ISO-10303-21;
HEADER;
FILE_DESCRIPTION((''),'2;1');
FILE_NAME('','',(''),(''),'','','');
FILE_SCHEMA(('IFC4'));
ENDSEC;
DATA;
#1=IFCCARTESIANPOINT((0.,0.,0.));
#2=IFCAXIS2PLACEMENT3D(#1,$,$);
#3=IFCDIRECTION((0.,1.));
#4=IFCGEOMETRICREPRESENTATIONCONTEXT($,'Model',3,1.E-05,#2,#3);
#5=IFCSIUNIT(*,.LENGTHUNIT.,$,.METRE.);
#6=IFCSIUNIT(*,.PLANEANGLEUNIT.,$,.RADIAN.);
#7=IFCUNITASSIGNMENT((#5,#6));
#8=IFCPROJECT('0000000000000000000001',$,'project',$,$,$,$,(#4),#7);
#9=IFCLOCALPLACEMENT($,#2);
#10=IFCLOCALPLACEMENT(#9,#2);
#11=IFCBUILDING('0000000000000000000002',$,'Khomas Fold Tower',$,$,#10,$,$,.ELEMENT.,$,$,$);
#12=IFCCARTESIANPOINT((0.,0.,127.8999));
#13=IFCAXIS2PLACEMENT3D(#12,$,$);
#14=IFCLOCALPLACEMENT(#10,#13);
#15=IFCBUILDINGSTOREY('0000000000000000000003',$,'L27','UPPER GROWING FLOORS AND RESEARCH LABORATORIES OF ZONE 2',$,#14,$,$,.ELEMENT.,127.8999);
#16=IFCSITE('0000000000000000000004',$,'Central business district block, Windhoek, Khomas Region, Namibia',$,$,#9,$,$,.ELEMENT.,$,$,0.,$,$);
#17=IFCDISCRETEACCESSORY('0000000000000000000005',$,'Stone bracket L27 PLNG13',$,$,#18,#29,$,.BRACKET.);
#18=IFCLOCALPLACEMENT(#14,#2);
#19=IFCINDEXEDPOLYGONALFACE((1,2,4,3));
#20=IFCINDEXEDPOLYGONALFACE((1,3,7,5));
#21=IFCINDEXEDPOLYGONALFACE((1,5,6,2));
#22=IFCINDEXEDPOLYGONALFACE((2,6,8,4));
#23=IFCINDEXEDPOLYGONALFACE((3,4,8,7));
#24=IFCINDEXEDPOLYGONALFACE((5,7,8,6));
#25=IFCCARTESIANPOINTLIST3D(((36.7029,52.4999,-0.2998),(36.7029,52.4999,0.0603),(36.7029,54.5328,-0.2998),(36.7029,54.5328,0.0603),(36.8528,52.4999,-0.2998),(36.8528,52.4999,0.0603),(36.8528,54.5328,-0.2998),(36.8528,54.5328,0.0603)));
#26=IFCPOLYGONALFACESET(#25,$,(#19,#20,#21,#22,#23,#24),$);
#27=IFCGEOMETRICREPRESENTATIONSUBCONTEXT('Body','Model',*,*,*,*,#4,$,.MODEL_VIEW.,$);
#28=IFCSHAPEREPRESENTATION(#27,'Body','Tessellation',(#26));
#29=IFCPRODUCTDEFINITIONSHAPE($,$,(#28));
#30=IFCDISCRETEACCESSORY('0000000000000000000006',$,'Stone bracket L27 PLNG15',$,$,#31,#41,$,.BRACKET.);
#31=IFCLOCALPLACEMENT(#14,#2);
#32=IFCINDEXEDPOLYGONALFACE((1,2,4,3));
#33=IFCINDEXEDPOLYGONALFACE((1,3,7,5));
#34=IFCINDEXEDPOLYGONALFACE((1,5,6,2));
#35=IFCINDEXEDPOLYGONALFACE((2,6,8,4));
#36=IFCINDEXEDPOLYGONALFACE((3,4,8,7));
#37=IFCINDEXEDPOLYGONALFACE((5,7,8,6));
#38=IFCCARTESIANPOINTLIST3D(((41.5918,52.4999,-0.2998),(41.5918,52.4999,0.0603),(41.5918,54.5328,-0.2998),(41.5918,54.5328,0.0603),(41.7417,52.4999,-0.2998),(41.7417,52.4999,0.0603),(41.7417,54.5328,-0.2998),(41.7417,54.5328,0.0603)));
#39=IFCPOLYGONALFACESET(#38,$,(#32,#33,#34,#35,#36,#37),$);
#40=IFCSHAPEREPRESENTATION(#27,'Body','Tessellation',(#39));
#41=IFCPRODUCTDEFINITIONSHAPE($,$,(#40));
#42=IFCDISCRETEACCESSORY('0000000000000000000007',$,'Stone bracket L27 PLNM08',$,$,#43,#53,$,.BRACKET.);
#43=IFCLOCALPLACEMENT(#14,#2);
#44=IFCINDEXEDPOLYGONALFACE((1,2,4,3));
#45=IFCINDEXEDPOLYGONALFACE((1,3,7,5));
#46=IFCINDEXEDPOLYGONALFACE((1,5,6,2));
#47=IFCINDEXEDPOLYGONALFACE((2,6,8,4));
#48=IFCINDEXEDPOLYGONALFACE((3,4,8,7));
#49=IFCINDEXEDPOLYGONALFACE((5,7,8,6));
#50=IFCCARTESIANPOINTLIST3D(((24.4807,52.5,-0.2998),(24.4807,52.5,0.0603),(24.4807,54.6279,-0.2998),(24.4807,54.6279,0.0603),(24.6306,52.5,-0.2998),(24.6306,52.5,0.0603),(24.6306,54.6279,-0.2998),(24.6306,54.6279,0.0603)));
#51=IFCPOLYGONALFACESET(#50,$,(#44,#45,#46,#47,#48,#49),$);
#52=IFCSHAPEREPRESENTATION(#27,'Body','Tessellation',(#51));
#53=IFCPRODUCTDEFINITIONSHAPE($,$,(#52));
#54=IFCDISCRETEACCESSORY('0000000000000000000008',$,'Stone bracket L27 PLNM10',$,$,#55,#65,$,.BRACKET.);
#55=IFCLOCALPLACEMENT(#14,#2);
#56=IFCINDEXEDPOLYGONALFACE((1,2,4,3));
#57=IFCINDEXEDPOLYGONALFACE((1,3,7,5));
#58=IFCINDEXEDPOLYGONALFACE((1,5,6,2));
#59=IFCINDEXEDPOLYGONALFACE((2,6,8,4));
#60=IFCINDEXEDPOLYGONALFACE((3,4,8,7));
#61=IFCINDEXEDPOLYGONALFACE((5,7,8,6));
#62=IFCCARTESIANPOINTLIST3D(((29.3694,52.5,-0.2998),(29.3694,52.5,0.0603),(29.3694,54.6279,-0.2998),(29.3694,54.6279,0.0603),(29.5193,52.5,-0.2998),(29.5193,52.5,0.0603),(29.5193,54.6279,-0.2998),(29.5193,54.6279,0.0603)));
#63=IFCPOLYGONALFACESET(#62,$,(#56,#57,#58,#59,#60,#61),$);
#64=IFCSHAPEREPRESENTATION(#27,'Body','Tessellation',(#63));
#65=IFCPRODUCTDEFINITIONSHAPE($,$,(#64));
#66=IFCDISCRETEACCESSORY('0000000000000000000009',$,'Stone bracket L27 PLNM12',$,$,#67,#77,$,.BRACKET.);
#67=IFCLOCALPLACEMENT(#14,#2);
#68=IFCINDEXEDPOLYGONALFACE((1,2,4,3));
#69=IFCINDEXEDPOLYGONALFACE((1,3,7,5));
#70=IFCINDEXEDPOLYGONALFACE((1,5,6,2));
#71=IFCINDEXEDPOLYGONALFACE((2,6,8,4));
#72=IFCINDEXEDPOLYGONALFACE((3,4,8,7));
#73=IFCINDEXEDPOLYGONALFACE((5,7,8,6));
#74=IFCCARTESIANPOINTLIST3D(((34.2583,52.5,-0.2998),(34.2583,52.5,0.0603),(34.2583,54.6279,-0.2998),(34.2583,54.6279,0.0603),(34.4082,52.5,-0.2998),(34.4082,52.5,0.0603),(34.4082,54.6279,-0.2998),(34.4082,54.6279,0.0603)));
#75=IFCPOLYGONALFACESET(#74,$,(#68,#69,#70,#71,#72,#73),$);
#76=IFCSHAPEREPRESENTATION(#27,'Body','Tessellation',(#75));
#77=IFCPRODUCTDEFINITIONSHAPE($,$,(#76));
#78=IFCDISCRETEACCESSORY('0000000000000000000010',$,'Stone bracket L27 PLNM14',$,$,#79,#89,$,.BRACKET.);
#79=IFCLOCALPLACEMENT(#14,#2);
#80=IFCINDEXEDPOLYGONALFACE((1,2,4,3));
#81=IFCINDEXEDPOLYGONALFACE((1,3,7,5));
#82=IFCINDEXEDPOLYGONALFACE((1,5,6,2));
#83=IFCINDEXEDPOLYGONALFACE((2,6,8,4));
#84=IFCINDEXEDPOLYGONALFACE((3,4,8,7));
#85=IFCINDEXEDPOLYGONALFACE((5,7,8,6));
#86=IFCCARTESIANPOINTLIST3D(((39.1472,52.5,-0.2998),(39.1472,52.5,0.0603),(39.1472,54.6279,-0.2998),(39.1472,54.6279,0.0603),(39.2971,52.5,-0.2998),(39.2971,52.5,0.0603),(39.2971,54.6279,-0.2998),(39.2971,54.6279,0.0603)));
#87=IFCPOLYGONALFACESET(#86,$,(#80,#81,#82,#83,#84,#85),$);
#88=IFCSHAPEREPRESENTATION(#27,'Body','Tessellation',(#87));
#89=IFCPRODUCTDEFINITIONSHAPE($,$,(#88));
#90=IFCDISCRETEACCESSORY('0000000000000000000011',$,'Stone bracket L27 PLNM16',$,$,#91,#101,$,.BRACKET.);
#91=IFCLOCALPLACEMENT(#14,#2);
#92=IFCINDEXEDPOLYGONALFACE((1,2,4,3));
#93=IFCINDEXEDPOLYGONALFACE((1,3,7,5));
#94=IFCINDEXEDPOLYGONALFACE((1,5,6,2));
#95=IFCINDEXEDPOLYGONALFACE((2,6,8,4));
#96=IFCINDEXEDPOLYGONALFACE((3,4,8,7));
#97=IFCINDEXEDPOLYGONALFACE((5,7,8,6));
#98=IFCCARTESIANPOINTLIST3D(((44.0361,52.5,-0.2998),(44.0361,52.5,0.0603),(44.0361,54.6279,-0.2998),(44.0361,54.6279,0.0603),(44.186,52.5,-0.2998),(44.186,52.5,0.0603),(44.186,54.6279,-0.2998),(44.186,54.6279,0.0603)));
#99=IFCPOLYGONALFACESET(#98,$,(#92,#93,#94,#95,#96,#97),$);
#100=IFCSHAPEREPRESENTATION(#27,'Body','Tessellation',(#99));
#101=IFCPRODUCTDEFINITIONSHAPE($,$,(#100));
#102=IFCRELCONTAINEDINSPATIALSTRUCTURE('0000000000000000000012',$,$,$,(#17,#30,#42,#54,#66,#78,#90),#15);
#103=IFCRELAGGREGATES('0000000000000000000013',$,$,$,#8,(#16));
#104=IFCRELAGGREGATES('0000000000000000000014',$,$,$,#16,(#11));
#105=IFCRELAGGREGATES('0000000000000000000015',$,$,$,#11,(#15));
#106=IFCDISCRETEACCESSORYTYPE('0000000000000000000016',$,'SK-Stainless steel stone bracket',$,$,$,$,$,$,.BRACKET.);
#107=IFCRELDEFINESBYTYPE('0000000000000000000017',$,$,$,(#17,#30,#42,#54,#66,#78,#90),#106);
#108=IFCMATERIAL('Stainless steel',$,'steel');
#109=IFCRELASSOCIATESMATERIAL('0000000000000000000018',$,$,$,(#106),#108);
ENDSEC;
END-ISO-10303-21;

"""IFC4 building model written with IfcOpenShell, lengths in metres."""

from ifc_helpers import new_model, si_unit, direction, frame, origin, origin_2d, place, context, subcontext, project, spatial, rectangle, extrude, source, transform, mapped, material, type_object, element, save


model = new_model("IFC4")

# Units and contexts
model_context = context("Model", 3, precision=1e-05, world=origin(), true_north=direction((0.0, 1.0)))
body_context = subcontext(model_context, "Body", "Model", "MODEL_VIEW")
ifc_project = project(units=[si_unit("LENGTHUNIT", "METRE"), si_unit("PLANEANGLEUNIT", "RADIAN")], contexts=[model_context])

# Site, building, storey
site_placement = place(None, origin())
site = spatial("IfcSite", under=ifc_project, at=site_placement, Name="Central business district block, Windhoek, Khomas Region, Namibia", CompositionType="ELEMENT", RefElevation=0.0)
building_placement = place(site_placement, origin())
building = spatial("IfcBuilding", under=site, at=building_placement, Name="Khomas Fold Tower", CompositionType="ELEMENT")
storey_placement = place(building_placement, frame((0.0, 0.0, 127.8999)))
storey = spatial("IfcBuildingStorey", under=building, at=storey_placement, Name="L27", Description="UPPER GROWING FLOORS AND RESEARCH LABORATORIES OF ZONE 2", CompositionType="ELEMENT", Elevation=127.8999)

# Discrete accessories
ifc_material_1 = material(Name="Stainless steel", Category="steel")
discrete_accessory_type = type_object("IfcDiscreteAccessoryType", Name="SK-Stainless steel stone bracket", PredefinedType="BRACKET", material=ifc_material_1)
shared_shape_1 = source(origin(), body_context, "Body", "SweptSolid", [
    extrude(rectangle(XDim=2.033, YDim=0.1499, at=origin_2d()), origin(), (0.0, 0.0, 1.0), 0.3601),
])
for number, where, z_axis, x_axis, name in (
    (1, (36.7778, 53.5164, -0.2998), (0.0, 0.0, 1.0), (0.0, 1.0, 0.0), "Stone bracket L27 PLNG13"),
    (2, (41.6667, 53.5164, -0.2998), (0.0, 0.0, 1.0), (0.0, 1.0, 0.0), "Stone bracket L27 PLNG15"),
):
    element("IfcDiscreteAccessory", number, at=place(storey_placement, frame(where, z_axis=z_axis, x_axis=x_axis)), inside=storey, type_object=discrete_accessory_type, Name=name, PredefinedType="BRACKET", context=body_context, shape_type="MappedRepresentation", body=[
        mapped(shared_shape_1, transform((0.0, 0.0, 0.0))),
    ])
shared_shape_2 = source(origin(), body_context, "Body", "SweptSolid", [
    extrude(rectangle(XDim=2.1279, YDim=0.1499, at=origin_2d()), origin(), (0.0, 0.0, 1.0), 0.3601),
])
for number, where, z_axis, x_axis, name in (
    (3, (24.5557, 53.564, -0.2998), (0.0, 0.0, 1.0), (0.0, 1.0, 0.0), "Stone bracket L27 PLNM08"),
    (4, (29.4443, 53.564, -0.2998), (0.0, 0.0, 1.0), (0.0, 1.0, 0.0), "Stone bracket L27 PLNM10"),
    (5, (34.3333, 53.564, -0.2998), (0.0, 0.0, 1.0), (0.0, 1.0, 0.0), "Stone bracket L27 PLNM12"),
    (6, (39.2222, 53.564, -0.2998), (0.0, 0.0, 1.0), (0.0, 1.0, 0.0), "Stone bracket L27 PLNM14"),
    (7, (44.1111, 53.564, -0.2998), (0.0, 0.0, 1.0), (0.0, 1.0, 0.0), "Stone bracket L27 PLNM16"),
):
    element("IfcDiscreteAccessory", number, at=place(storey_placement, frame(where, z_axis=z_axis, x_axis=x_axis)), inside=storey, type_object=discrete_accessory_type, Name=name, PredefinedType="BRACKET", context=body_context, shape_type="MappedRepresentation", body=[
        mapped(shared_shape_2, transform((0.0, 0.0, 0.0))),
    ])

save(model, "model.ifc")
